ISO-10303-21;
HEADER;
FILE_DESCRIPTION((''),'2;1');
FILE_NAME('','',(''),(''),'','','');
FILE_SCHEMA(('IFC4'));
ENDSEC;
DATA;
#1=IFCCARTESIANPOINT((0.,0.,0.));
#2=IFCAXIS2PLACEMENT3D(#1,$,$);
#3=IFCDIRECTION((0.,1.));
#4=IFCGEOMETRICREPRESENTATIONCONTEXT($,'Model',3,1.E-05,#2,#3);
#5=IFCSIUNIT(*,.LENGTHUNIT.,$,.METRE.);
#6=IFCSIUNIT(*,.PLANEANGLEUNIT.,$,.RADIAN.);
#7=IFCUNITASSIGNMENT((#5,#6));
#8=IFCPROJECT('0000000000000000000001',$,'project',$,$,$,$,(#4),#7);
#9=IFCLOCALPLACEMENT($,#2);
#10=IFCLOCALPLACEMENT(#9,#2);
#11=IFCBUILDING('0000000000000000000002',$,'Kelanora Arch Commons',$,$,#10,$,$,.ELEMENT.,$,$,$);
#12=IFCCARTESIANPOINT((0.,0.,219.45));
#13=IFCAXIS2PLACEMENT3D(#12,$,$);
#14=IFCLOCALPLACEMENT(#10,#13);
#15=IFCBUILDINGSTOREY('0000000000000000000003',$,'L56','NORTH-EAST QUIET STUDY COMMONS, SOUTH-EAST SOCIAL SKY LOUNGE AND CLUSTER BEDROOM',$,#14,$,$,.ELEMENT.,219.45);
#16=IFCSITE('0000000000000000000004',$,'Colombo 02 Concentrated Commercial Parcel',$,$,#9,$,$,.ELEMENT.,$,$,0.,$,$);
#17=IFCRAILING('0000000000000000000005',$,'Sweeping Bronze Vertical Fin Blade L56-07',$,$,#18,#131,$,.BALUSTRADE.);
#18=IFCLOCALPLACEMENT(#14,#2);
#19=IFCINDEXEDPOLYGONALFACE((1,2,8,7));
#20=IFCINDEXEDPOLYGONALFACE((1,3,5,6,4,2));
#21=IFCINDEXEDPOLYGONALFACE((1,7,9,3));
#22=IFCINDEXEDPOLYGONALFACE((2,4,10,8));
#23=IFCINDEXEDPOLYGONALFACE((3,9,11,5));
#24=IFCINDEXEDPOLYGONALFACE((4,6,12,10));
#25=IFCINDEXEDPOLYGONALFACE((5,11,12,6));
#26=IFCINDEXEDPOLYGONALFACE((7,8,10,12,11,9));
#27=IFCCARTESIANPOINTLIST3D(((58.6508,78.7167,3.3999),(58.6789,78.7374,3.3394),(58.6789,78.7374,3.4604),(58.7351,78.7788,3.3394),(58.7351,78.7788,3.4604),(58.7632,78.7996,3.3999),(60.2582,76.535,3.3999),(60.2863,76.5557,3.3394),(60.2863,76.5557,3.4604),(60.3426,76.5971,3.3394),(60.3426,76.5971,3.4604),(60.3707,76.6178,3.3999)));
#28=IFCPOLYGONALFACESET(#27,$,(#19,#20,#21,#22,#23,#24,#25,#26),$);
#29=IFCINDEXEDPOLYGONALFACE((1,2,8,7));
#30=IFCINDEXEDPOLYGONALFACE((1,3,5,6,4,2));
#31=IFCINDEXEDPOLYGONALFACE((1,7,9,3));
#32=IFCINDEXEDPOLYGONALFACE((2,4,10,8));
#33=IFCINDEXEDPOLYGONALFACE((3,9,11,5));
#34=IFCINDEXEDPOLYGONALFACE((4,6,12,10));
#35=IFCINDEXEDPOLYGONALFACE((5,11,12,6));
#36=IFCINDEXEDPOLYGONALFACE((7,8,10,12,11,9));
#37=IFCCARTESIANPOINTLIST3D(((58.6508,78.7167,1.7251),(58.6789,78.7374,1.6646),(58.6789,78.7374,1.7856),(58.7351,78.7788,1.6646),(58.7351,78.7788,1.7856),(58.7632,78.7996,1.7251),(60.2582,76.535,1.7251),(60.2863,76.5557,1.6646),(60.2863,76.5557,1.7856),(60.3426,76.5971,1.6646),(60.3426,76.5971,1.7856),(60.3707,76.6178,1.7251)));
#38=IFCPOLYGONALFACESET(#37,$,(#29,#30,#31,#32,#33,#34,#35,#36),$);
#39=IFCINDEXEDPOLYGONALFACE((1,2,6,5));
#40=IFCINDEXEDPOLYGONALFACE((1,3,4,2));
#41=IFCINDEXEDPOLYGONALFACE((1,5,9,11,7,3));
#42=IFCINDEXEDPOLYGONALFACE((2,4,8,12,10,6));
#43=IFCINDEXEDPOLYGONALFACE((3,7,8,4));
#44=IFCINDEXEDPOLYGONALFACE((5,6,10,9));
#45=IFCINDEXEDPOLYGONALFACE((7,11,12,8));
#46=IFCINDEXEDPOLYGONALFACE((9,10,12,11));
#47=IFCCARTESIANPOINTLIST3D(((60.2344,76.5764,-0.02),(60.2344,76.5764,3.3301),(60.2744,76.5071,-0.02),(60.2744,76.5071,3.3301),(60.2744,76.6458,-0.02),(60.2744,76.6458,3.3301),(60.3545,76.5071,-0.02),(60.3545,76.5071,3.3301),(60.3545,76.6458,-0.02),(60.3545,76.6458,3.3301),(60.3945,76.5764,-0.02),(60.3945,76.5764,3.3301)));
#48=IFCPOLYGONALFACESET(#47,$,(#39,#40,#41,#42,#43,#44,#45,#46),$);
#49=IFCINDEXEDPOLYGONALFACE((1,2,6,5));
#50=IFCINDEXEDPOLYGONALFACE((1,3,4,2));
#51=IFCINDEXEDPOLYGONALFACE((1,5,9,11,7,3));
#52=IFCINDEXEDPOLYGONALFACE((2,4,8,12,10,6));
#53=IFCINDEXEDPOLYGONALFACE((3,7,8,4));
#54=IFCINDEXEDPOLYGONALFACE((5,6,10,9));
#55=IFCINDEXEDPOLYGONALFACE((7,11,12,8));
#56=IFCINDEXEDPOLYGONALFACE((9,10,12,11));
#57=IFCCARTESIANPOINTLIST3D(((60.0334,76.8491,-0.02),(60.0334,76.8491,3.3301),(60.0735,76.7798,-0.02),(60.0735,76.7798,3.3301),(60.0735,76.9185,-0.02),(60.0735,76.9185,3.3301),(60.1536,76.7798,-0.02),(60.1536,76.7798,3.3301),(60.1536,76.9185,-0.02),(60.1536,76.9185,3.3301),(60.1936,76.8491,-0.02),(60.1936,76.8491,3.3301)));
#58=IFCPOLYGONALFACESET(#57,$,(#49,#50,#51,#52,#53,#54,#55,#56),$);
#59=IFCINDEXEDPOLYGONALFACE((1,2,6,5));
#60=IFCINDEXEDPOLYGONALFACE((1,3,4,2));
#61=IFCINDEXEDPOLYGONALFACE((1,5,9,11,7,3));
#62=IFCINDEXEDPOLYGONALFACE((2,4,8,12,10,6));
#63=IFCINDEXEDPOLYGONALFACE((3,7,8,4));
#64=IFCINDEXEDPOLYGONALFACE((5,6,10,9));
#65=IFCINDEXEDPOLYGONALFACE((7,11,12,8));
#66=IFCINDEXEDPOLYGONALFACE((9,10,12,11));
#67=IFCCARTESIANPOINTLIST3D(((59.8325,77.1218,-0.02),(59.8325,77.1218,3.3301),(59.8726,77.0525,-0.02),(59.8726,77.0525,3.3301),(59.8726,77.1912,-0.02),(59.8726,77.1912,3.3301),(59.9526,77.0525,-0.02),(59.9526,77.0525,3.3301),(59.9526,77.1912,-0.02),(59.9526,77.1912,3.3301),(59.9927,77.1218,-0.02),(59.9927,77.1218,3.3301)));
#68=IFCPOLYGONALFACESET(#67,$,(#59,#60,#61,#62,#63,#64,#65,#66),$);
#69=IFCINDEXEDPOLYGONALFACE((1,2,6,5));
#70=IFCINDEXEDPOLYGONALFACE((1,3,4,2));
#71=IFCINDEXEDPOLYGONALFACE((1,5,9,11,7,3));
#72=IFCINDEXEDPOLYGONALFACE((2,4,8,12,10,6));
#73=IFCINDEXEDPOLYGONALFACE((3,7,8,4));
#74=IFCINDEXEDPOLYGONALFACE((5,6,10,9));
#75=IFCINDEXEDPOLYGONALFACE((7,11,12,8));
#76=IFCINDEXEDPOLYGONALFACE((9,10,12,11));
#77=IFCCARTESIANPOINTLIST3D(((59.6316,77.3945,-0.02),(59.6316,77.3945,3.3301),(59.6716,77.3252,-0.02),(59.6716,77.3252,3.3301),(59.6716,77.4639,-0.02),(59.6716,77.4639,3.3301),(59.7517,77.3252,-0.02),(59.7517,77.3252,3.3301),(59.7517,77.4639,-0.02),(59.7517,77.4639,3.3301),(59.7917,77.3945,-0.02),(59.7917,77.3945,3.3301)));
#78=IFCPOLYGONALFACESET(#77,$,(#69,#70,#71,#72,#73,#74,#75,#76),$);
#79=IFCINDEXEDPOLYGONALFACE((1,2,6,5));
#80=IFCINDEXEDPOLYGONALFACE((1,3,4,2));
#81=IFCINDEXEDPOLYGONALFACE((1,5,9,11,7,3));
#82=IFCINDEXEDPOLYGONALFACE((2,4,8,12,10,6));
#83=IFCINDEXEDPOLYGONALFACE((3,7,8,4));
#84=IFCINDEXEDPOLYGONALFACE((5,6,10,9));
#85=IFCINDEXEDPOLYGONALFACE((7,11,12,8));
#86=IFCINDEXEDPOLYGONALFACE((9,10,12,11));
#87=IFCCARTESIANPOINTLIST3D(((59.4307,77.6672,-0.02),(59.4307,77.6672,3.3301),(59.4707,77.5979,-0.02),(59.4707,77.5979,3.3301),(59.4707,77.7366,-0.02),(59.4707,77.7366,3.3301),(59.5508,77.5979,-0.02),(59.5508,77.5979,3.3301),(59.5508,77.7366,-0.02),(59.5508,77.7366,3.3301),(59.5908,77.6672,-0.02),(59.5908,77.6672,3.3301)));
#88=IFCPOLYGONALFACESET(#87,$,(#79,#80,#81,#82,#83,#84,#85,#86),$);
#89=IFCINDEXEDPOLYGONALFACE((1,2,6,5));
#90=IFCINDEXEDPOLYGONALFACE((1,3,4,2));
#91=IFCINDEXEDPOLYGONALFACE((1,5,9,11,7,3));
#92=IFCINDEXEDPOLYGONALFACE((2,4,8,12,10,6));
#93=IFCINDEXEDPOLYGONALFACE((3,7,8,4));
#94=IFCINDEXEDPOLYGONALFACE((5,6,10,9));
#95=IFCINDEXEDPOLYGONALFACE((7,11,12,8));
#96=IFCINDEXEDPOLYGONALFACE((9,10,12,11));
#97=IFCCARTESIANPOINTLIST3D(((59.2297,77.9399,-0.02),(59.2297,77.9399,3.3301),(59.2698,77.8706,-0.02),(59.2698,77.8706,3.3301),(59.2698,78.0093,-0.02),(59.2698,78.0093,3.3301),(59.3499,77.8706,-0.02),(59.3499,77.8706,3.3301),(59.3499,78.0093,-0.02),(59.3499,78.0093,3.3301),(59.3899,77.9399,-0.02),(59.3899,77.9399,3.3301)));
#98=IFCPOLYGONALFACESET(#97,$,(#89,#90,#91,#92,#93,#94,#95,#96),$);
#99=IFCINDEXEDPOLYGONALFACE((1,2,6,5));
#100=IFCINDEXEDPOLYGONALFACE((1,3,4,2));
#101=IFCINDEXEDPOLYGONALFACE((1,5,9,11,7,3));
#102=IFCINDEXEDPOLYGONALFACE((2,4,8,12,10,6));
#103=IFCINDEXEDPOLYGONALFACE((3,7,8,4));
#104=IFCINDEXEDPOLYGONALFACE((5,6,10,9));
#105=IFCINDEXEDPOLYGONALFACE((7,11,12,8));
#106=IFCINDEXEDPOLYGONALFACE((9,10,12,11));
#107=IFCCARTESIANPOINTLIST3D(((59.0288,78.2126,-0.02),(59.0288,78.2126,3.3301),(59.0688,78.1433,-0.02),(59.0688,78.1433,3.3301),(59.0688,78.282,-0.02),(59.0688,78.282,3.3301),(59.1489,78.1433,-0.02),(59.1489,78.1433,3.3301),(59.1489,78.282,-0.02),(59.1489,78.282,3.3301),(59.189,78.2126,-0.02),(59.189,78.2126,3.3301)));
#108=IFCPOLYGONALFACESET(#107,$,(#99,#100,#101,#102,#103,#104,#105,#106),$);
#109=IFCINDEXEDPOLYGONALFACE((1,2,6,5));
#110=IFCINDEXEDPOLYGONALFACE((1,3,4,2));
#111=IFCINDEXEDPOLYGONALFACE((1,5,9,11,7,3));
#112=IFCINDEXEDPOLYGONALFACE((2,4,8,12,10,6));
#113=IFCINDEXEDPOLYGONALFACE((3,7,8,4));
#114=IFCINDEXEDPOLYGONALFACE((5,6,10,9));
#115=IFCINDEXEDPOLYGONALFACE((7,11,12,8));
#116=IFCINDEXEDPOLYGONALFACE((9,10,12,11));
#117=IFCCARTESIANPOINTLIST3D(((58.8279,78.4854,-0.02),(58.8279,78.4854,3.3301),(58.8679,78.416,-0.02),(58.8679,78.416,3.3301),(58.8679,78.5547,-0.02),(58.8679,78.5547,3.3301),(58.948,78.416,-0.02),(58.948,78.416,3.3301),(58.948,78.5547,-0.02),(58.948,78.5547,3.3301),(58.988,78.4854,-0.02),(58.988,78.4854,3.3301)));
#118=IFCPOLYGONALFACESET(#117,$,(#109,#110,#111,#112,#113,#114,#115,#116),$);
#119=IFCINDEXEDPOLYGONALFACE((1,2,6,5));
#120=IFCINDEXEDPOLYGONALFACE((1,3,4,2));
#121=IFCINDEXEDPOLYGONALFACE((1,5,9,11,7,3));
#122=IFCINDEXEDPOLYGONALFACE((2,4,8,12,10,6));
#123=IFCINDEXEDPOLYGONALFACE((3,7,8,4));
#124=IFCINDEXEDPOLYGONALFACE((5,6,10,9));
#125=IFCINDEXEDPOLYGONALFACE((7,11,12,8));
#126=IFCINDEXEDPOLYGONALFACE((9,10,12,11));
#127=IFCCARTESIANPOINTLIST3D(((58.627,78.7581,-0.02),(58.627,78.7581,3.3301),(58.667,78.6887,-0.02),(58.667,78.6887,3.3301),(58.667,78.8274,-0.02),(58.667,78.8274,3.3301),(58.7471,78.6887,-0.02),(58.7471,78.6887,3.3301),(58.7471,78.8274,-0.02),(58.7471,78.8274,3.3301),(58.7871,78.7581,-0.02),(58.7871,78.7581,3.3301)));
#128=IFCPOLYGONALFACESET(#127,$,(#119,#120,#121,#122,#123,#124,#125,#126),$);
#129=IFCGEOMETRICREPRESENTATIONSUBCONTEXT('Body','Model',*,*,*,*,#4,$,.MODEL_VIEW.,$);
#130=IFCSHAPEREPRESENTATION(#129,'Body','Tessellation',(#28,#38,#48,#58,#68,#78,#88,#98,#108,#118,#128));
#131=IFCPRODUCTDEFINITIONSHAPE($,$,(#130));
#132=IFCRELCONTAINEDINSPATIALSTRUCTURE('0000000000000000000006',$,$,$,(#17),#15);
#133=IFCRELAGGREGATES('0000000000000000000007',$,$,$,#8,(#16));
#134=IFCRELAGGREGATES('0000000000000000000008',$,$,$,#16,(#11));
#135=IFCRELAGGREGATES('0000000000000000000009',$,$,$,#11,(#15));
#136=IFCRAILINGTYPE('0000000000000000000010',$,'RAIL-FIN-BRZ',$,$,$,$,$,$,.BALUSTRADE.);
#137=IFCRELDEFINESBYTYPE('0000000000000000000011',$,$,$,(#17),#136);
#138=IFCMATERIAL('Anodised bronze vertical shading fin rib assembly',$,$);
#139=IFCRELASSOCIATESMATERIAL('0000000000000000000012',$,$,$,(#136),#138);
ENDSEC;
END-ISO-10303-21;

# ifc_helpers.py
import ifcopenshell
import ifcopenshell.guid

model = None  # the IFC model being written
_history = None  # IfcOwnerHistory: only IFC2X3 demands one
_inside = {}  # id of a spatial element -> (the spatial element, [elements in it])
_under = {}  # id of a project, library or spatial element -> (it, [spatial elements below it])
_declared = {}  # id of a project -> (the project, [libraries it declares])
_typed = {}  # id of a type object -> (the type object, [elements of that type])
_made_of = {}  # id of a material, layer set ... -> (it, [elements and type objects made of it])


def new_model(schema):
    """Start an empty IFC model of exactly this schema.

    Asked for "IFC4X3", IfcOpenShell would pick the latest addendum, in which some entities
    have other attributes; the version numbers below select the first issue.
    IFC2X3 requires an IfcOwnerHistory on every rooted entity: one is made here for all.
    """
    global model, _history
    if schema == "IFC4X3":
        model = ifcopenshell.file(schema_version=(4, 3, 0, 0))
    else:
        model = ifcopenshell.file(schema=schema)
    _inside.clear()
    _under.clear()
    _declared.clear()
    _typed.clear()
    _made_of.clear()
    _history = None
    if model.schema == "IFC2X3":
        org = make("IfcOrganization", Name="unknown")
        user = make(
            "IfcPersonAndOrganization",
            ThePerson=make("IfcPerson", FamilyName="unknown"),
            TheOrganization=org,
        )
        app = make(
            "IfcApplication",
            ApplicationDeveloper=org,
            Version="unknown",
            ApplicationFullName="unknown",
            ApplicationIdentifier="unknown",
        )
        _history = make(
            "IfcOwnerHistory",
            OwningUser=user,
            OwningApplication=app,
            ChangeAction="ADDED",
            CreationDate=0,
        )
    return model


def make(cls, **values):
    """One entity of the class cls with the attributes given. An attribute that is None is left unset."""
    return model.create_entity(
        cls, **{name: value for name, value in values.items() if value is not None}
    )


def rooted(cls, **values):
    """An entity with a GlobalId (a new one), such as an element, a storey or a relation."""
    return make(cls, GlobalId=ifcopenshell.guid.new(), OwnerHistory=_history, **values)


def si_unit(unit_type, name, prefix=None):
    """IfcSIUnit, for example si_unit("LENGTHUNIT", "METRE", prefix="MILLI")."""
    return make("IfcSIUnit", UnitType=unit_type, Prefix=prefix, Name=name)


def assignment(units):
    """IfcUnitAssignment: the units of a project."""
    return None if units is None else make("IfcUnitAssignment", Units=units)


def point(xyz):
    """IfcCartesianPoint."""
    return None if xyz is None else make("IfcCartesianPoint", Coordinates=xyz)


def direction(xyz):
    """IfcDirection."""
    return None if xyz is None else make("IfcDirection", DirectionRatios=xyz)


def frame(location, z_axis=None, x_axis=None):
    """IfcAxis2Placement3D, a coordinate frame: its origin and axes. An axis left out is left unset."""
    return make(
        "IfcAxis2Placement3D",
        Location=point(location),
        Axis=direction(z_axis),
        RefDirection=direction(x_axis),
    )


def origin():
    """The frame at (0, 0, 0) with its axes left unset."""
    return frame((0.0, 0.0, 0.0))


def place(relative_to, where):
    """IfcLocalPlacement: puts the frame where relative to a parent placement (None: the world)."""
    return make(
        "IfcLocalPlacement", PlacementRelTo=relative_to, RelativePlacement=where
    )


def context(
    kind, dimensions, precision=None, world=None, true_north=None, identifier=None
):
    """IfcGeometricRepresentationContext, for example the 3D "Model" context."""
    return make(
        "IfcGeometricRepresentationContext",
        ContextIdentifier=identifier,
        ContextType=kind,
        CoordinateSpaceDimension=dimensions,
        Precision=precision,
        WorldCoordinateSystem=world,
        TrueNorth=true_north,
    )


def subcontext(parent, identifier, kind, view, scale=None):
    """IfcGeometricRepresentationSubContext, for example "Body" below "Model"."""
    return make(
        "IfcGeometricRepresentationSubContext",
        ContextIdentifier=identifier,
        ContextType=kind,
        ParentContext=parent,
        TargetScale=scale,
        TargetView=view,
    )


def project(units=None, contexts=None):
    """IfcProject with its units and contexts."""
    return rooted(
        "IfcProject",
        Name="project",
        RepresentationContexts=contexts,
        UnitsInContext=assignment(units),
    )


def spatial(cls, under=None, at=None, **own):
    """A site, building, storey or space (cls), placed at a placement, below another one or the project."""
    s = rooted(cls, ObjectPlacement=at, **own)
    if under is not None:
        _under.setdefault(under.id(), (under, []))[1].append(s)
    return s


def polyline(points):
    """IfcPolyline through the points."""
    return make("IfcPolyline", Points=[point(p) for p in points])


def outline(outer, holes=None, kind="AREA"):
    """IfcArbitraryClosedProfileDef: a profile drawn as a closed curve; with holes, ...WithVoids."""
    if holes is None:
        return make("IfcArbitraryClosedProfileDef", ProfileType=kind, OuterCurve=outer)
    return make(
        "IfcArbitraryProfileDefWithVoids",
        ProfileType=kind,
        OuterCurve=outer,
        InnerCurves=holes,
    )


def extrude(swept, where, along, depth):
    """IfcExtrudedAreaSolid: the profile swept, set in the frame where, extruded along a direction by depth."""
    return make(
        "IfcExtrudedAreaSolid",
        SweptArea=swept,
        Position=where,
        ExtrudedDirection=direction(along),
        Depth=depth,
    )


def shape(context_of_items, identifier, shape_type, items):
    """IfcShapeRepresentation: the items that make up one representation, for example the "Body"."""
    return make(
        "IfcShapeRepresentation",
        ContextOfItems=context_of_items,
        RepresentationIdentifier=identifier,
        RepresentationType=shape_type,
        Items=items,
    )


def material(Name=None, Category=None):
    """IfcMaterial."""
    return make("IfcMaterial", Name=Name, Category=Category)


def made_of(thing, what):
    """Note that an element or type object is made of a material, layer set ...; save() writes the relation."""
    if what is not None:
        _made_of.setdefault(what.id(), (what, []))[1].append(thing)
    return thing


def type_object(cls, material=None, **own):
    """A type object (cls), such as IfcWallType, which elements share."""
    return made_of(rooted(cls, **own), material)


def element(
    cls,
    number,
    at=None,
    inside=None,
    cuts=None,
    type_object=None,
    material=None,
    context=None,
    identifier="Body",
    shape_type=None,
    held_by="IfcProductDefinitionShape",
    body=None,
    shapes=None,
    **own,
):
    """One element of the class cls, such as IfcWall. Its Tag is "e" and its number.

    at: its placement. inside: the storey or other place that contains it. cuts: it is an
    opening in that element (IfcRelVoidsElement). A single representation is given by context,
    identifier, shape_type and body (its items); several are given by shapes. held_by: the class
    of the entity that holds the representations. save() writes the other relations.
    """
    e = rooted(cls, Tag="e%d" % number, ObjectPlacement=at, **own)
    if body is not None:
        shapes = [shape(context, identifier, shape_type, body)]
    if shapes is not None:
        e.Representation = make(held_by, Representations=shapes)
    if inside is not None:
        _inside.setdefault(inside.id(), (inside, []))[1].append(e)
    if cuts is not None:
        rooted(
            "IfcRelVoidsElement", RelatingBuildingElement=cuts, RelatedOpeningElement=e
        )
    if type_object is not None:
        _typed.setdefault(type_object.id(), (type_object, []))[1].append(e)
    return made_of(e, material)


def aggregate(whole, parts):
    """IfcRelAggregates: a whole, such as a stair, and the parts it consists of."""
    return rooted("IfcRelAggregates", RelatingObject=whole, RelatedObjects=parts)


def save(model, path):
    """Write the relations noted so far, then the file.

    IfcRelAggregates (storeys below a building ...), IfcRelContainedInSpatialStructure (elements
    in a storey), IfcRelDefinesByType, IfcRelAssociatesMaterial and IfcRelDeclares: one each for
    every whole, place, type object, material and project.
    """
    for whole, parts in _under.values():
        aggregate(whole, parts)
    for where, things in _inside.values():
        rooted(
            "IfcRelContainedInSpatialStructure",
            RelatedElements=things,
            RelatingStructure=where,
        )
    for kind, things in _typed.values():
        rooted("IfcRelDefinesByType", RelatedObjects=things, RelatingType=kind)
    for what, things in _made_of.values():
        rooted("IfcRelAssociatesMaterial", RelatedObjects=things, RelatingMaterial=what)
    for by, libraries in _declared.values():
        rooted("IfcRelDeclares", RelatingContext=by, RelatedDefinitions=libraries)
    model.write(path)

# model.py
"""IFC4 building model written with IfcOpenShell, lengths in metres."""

from ifc_helpers import new_model, si_unit, direction, frame, origin, place, context, subcontext, project, spatial, polyline, outline, extrude, material, type_object, element, save


model = new_model("IFC4")

# Units and contexts
model_context = context("Model", 3, precision=1e-05, world=origin(), true_north=direction((0.0, 1.0)))
body_context = subcontext(model_context, "Body", "Model", "MODEL_VIEW")
ifc_project = project(units=[si_unit("LENGTHUNIT", "METRE"), si_unit("PLANEANGLEUNIT", "RADIAN")], contexts=[model_context])

# Site, building, storey
site_placement = place(None, origin())
site = spatial("IfcSite", under=ifc_project, at=site_placement, Name="Colombo 02 Concentrated Commercial Parcel", CompositionType="ELEMENT", RefElevation=0.0)
building_placement = place(site_placement, origin())
building = spatial("IfcBuilding", under=site, at=building_placement, Name="Kelanora Arch Commons", CompositionType="ELEMENT")
storey_placement = place(building_placement, frame((0.0, 0.0, 219.45)))
storey = spatial("IfcBuildingStorey", under=building, at=storey_placement, Name="L56", Description="NORTH-EAST QUIET STUDY COMMONS, SOUTH-EAST SOCIAL SKY LOUNGE AND CLUSTER BEDROOM", CompositionType="ELEMENT", Elevation=219.45)

# Railing
ifc_material_1 = material(Name="Anodised bronze vertical shading fin rib assembly")
railing_type = type_object("IfcRailingType", Name="RAIL-FIN-BRZ", PredefinedType="BALUSTRADE", material=ifc_material_1)
railing_1_placement = place(storey_placement, frame((60.3145, 76.5764, -0.02)))
element("IfcRailing", 1, at=railing_1_placement, inside=storey, type_object=railing_type, Name="Sweeping Bronze Vertical Fin Blade L56-07", PredefinedType="BALUSTRADE", context=body_context, shape_type="SweptSolid", body=[
    extrude(outline(polyline([(0.0698, 0.0), (0.0349, 0.0605), (-0.0349, 0.0605), (-0.0698, 0.0), (-0.0349, -0.0605), (0.0349, -0.0605), (0.0698, 0.0)])), frame((0.0, 0.0, 3.4199), z_axis=(-0.593174, 0.805074, 0.0), x_axis=(-0.805074, -0.593174, 0.0)), (0.0, 0.0, 1.0), 2.71),
    extrude(outline(polyline([(0.0698, 0.0), (0.0349, 0.0605), (-0.0349, 0.0605), (-0.0698, 0.0), (-0.0349, -0.0605), (0.0349, -0.0605), (0.0698, 0.0)])), frame((0.0, 0.0, 1.7451), z_axis=(-0.593174, 0.805074, 0.0), x_axis=(-0.805074, -0.593174, 0.0)), (0.0, 0.0, 1.0), 2.71),
    extrude(outline(polyline([(0.0801, 0.0), (0.04, 0.0693), (-0.04, 0.0693), (-0.0801, 0.0), (-0.04, -0.0693), (0.04, -0.0693), (0.0801, 0.0)])), origin(), (0.0, 0.0, 1.0), 3.3501),
    extrude(outline(polyline([(0.0801, 0.0), (0.04, 0.0693), (-0.04, 0.0693), (-0.0801, 0.0), (-0.04, -0.0693), (0.04, -0.0693), (0.0801, 0.0)])), frame((-0.2009, 0.2727, 0.0)), (0.0, 0.0, 1.0), 3.3501),
    extrude(outline(polyline([(0.0801, 0.0), (0.04, 0.0693), (-0.04, 0.0693), (-0.0801, 0.0), (-0.04, -0.0693), (0.04, -0.0693), (0.0801, 0.0)])), frame((-0.4019, 0.5454, 0.0)), (0.0, 0.0, 1.0), 3.3501),
    extrude(outline(polyline([(0.0801, 0.0), (0.04, 0.0693), (-0.04, 0.0693), (-0.0801, 0.0), (-0.04, -0.0693), (0.04, -0.0693), (0.0801, 0.0)])), frame((-0.6028, 0.8181, 0.0)), (0.0, 0.0, 1.0), 3.3501),
    extrude(outline(polyline([(0.0801, 0.0), (0.04, 0.0693), (-0.04, 0.0693), (-0.0801, 0.0), (-0.04, -0.0693), (0.04, -0.0693), (0.0801, 0.0)])), frame((-0.8037, 1.0908, 0.0)), (0.0, 0.0, 1.0), 3.3501),
    extrude(outline(polyline([(0.0801, 0.0), (0.04, 0.0693), (-0.04, 0.0693), (-0.0801, 0.0), (-0.04, -0.0693), (0.04, -0.0693), (0.0801, 0.0)])), frame((-1.0046, 1.3635, 0.0)), (0.0, 0.0, 1.0), 3.3501),
    extrude(outline(polyline([(0.0801, 0.0), (0.04, 0.0693), (-0.04, 0.0693), (-0.0801, 0.0), (-0.04, -0.0693), (0.04, -0.0693), (0.0801, 0.0)])), frame((-1.2056, 1.6362, 0.0)), (0.0, 0.0, 1.0), 3.3501),
    extrude(outline(polyline([(0.0801, 0.0), (0.04, 0.0693), (-0.04, 0.0693), (-0.0801, 0.0), (-0.04, -0.0693), (0.04, -0.0693), (0.0801, 0.0)])), frame((-1.4065, 1.9089, 0.0)), (0.0, 0.0, 1.0), 3.3501),
    extrude(outline(polyline([(0.0801, 0.0), (0.04, 0.0693), (-0.04, 0.0693), (-0.0801, 0.0), (-0.04, -0.0693), (0.04, -0.0693), (0.0801, 0.0)])), frame((-1.6074, 2.1816, 0.0)), (0.0, 0.0, 1.0), 3.3501),
])

save(model, "model.ifc")
